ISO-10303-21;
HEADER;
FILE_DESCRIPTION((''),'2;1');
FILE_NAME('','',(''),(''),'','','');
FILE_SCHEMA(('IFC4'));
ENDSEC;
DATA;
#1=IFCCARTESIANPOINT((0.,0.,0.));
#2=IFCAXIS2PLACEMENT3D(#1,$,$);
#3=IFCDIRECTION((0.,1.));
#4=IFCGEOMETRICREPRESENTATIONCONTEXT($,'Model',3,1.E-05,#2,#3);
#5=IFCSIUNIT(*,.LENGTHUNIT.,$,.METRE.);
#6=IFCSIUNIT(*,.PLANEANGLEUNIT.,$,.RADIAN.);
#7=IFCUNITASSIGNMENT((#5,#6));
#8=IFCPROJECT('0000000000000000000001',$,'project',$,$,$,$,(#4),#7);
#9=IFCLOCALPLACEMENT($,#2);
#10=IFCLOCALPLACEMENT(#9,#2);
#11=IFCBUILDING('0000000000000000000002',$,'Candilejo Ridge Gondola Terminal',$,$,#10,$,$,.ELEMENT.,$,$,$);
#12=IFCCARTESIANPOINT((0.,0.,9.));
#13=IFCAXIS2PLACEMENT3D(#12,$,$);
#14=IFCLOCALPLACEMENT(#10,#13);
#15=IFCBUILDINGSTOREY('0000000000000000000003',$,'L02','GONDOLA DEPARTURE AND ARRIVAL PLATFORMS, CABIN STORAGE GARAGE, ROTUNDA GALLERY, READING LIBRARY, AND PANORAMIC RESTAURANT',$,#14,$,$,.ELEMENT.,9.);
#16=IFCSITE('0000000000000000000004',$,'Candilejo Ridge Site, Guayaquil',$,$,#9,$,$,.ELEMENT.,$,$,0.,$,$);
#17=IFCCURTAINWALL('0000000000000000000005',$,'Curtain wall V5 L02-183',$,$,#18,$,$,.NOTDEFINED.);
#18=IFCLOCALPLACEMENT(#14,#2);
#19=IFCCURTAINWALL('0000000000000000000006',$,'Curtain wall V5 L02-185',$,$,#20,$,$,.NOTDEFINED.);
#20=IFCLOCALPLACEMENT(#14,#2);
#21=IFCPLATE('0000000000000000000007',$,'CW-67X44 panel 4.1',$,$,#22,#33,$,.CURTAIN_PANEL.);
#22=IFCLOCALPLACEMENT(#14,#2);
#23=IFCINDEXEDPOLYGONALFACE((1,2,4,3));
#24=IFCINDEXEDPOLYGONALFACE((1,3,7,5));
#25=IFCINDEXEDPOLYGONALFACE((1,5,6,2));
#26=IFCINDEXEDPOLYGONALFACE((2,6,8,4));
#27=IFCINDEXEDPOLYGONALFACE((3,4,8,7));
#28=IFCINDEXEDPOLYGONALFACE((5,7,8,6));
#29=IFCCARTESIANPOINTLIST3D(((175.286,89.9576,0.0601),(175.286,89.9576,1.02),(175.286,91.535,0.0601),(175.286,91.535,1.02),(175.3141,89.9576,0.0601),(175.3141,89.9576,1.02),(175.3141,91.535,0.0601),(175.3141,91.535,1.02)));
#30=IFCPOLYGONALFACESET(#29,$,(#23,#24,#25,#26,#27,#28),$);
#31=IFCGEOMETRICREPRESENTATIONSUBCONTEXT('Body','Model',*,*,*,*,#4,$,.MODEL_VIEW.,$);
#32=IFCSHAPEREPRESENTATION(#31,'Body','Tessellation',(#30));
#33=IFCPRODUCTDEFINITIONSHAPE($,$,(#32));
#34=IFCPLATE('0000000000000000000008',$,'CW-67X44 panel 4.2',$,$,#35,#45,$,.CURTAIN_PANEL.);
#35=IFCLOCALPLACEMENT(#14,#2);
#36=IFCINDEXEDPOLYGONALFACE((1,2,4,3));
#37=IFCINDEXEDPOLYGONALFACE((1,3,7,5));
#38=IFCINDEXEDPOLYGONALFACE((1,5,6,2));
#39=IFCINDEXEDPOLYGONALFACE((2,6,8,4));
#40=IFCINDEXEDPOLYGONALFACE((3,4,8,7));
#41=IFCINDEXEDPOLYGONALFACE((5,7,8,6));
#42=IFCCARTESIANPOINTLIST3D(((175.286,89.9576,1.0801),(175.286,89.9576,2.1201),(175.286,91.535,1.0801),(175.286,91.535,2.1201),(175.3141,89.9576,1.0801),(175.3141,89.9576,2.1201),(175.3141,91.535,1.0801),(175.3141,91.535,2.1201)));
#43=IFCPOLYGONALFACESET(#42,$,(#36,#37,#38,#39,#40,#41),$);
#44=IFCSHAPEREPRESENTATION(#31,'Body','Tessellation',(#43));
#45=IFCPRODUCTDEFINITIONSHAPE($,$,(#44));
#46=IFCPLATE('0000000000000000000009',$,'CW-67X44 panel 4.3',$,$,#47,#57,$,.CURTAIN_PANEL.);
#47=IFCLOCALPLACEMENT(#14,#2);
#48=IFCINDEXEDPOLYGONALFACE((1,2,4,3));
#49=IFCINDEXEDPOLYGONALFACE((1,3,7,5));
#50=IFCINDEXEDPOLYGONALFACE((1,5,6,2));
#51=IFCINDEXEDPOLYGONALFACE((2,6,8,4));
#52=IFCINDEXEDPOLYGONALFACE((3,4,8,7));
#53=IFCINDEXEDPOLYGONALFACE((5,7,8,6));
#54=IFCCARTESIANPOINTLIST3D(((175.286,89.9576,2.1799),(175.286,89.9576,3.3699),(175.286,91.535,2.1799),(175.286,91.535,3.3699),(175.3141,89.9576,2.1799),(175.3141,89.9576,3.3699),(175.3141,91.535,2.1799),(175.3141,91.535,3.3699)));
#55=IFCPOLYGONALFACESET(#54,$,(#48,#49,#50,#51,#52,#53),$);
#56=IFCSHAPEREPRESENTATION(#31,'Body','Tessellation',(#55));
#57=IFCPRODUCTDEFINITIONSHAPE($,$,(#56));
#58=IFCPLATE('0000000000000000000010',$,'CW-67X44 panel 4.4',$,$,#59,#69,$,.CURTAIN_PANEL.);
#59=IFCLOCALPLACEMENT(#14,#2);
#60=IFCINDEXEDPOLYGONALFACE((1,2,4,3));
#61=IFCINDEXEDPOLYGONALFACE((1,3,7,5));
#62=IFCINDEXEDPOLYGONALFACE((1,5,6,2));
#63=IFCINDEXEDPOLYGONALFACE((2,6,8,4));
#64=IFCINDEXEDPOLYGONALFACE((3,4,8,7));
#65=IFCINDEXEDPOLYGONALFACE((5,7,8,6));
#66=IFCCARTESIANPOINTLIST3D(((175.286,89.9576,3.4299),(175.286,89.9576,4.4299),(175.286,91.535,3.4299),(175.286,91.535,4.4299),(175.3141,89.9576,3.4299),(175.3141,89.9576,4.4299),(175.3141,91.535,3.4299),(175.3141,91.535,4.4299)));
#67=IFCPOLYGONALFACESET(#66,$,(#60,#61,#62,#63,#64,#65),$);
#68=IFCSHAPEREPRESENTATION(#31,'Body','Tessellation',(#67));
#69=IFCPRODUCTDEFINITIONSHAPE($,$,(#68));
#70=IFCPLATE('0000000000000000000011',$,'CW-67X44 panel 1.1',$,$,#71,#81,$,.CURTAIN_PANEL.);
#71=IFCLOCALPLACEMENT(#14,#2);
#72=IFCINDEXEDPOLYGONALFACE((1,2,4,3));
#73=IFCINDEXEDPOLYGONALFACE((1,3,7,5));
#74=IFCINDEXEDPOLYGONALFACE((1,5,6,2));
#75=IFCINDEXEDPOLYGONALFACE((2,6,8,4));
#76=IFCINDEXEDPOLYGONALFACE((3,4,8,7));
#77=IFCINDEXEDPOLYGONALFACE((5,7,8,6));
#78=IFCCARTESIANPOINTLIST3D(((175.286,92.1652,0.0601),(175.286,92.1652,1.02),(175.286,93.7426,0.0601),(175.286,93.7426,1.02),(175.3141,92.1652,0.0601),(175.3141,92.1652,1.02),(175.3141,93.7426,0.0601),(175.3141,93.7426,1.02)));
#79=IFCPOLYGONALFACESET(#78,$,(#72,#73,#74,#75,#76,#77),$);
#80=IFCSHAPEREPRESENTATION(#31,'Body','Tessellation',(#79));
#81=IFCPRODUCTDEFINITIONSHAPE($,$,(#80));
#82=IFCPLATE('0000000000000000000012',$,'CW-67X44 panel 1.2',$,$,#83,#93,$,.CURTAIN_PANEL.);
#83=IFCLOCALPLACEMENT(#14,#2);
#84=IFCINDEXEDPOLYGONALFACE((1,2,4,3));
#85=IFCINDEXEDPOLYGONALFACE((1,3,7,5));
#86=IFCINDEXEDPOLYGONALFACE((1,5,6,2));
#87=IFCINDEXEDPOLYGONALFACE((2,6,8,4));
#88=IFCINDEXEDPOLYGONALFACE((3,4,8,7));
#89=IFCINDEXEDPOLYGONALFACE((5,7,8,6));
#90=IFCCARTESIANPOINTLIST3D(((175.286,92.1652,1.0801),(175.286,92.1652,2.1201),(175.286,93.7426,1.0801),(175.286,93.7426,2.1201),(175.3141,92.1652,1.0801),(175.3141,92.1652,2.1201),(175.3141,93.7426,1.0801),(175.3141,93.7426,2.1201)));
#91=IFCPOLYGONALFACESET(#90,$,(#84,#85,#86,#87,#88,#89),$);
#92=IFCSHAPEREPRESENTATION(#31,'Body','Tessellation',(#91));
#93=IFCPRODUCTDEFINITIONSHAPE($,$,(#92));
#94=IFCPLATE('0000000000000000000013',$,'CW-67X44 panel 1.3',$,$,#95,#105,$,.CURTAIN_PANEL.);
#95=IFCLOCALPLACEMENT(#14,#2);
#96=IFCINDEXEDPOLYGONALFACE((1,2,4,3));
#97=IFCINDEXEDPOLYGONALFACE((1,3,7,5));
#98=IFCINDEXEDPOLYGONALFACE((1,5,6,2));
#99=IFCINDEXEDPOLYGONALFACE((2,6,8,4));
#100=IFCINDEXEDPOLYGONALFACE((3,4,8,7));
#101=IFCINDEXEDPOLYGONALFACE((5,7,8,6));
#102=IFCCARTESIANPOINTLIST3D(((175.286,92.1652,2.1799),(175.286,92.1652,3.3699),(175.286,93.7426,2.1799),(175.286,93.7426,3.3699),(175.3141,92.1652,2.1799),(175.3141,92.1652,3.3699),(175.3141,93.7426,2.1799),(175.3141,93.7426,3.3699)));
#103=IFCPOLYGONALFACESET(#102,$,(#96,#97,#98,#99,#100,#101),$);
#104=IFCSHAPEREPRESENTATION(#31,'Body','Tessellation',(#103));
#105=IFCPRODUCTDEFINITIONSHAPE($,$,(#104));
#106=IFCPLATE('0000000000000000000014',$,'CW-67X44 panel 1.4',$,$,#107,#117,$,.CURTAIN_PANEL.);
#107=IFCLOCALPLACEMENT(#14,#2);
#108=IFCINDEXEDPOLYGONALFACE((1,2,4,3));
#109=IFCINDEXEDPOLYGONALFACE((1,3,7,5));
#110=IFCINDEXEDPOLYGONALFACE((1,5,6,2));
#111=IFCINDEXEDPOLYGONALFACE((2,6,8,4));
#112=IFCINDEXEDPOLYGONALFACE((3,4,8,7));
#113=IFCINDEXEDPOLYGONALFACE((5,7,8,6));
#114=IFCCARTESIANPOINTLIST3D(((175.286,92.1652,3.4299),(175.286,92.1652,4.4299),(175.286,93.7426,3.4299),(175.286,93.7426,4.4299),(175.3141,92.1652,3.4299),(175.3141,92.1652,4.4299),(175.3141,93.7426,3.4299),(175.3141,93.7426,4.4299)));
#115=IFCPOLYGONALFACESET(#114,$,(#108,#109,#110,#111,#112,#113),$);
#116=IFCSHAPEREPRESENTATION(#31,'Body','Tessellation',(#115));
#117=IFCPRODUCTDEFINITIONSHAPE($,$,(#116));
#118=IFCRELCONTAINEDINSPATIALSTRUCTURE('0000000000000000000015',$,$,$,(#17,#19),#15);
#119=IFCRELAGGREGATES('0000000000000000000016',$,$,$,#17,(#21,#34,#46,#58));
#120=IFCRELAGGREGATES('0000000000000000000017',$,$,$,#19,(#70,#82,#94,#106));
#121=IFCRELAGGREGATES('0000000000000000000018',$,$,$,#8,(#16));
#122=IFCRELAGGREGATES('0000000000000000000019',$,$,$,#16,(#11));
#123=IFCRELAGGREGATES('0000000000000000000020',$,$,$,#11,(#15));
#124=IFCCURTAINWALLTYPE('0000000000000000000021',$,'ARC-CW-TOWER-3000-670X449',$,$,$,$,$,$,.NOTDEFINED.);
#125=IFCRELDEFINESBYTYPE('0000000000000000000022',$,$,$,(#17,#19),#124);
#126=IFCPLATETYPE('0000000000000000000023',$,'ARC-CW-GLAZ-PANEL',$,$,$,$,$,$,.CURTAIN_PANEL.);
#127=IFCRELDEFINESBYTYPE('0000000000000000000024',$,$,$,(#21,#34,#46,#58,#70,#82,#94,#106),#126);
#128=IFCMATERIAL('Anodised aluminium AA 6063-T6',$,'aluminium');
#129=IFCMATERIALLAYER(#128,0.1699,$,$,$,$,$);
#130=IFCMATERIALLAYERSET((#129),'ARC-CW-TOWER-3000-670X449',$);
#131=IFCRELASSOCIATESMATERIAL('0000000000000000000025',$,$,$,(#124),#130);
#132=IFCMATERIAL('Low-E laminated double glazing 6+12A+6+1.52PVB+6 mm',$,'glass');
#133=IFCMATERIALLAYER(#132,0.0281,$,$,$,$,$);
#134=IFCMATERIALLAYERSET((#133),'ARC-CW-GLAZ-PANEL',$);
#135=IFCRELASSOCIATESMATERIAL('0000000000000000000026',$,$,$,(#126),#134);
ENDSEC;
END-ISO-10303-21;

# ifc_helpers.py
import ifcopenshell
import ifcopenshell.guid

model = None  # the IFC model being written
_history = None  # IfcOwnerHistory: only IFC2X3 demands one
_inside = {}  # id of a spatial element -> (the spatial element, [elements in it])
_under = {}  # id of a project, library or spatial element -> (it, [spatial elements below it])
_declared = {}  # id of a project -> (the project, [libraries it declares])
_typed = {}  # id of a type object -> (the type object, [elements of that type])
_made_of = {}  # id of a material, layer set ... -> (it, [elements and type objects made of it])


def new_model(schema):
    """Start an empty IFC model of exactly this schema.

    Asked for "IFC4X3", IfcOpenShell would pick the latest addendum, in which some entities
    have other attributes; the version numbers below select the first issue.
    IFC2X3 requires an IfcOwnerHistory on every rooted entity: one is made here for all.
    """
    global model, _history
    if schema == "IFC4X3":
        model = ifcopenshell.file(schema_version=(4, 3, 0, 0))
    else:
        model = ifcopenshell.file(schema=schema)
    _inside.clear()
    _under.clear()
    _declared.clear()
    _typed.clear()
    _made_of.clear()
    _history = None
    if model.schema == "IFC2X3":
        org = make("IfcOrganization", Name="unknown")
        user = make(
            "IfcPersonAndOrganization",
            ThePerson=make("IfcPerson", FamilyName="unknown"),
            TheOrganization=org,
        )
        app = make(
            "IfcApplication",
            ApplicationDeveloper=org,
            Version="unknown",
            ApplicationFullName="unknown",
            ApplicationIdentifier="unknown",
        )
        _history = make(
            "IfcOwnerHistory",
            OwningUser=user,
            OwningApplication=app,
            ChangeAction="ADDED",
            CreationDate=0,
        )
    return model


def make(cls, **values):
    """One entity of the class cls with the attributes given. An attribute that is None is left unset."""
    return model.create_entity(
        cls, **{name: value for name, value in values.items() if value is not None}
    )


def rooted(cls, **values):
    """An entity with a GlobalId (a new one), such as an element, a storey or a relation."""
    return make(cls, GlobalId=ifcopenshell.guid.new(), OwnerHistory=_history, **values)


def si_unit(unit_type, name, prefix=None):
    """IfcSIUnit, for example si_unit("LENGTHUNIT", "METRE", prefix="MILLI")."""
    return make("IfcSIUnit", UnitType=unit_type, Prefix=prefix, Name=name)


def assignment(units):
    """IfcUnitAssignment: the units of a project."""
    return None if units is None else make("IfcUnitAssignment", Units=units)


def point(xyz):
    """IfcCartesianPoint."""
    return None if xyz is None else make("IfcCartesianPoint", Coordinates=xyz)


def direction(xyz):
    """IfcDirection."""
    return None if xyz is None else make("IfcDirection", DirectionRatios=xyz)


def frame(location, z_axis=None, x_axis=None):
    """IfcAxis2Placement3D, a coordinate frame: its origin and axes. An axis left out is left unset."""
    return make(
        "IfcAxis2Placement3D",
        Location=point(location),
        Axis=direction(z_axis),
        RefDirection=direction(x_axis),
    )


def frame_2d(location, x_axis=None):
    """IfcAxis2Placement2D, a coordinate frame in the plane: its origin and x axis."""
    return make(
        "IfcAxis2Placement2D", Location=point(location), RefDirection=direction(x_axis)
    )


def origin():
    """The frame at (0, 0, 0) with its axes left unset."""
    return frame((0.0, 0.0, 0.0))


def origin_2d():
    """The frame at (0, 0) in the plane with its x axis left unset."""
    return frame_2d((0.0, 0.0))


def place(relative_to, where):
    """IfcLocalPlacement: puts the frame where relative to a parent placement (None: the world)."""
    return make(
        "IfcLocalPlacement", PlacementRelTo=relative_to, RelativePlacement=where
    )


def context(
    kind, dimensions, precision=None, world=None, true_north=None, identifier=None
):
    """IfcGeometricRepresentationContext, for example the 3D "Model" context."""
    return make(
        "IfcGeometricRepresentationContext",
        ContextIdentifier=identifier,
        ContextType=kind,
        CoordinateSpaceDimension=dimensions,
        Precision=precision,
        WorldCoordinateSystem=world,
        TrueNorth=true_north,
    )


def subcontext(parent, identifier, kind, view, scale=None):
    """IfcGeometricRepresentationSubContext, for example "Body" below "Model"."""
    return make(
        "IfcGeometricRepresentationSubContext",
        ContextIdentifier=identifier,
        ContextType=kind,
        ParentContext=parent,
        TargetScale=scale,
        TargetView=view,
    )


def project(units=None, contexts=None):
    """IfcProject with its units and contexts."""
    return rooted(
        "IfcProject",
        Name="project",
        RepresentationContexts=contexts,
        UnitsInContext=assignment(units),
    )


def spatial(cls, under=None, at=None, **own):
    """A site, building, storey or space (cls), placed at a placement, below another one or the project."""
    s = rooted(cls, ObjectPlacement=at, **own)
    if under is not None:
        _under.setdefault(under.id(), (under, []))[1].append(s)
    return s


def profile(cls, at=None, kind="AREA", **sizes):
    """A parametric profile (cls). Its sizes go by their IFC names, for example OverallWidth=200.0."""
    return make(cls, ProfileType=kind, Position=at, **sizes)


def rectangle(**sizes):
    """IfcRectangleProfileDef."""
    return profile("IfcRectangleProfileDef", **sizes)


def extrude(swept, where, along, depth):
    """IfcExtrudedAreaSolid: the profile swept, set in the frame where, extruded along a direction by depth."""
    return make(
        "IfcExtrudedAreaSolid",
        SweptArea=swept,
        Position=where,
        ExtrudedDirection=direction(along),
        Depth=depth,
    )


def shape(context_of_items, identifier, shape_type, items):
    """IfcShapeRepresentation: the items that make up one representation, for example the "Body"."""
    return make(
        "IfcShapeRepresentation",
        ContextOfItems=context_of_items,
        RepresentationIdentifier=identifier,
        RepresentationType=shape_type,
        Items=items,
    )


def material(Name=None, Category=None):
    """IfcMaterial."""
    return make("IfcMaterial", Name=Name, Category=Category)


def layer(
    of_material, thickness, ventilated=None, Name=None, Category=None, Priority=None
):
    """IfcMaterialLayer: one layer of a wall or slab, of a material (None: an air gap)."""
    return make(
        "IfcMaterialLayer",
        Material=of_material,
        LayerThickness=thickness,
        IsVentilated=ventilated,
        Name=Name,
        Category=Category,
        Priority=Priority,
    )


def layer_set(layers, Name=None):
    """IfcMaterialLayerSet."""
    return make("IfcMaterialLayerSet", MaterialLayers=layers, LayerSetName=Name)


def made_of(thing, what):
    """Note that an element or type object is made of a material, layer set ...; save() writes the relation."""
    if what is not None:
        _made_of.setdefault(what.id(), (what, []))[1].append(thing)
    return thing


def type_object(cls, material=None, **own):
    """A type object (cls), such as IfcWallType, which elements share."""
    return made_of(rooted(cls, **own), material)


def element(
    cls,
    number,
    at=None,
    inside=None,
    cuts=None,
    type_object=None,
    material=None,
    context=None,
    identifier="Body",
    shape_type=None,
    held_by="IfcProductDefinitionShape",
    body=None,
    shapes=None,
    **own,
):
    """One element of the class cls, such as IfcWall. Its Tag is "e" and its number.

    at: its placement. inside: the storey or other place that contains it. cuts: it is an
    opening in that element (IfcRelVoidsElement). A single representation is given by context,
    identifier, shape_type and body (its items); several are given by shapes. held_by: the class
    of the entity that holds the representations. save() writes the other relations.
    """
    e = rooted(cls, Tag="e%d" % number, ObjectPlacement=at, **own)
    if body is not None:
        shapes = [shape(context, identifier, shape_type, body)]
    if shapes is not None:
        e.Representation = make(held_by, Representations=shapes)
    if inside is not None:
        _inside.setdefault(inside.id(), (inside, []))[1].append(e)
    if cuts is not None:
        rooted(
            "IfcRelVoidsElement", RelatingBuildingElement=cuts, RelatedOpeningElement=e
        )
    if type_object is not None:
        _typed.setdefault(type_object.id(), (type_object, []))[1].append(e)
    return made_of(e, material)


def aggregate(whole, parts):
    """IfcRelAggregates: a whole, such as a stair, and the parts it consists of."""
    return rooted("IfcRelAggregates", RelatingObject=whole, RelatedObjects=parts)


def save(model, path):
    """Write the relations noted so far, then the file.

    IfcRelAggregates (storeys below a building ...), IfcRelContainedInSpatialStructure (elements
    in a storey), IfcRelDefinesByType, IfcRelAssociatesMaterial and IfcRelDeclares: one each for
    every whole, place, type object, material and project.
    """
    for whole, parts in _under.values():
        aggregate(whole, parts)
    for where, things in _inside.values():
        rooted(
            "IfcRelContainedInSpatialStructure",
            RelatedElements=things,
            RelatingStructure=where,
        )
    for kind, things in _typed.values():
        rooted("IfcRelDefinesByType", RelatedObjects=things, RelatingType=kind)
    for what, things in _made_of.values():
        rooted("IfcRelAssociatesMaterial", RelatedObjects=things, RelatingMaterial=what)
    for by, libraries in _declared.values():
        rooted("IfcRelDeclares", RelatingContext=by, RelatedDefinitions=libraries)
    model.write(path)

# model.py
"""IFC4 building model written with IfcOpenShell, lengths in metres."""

from ifc_helpers import new_model, si_unit, direction, frame, origin, origin_2d, place, context, subcontext, project, spatial, rectangle, extrude, material, layer, layer_set, type_object, element, aggregate, save


model = new_model("IFC4")

# Units and contexts
model_context = context("Model", 3, precision=1e-05, world=origin(), true_north=direction((0.0, 1.0)))
body_context = subcontext(model_context, "Body", "Model", "MODEL_VIEW")
ifc_project = project(units=[si_unit("LENGTHUNIT", "METRE"), si_unit("PLANEANGLEUNIT", "RADIAN")], contexts=[model_context])

# Site, building, storey
site_placement = place(None, origin())
site = spatial("IfcSite", under=ifc_project, at=site_placement, Name="Candilejo Ridge Site, Guayaquil", CompositionType="ELEMENT", RefElevation=0.0)
building_placement = place(site_placement, origin())
building = spatial("IfcBuilding", under=site, at=building_placement, Name="Candilejo Ridge Gondola Terminal", CompositionType="ELEMENT")
storey_placement = place(building_placement, frame((0.0, 0.0, 9.0)))
storey = spatial("IfcBuildingStorey", under=building, at=storey_placement, Name="L02", Description="GONDOLA DEPARTURE AND ARRIVAL PLATFORMS, CABIN STORAGE GARAGE, ROTUNDA GALLERY, READING LIBRARY, AND PANORAMIC RESTAURANT", CompositionType="ELEMENT", Elevation=9.0)

# Curtain walls
ifc_material_1 = material(Name="Anodised aluminium AA 6063-T6", Category="aluminium")
ifc_layer_1 = layer(ifc_material_1, 0.1699)
ifc_layer_set_1 = layer_set([ifc_layer_1], Name="ARC-CW-TOWER-3000-670X449")
curtain_wall_type = type_object("IfcCurtainWallType", Name="ARC-CW-TOWER-3000-670X449", PredefinedType="NOTDEFINED", material=ifc_layer_set_1)
curtain_wall_1_placement = place(storey_placement, origin())
curtain_wall_1 = element("IfcCurtainWall", 1, at=curtain_wall_1_placement, inside=storey, type_object=curtain_wall_type, Name="Curtain wall V5 L02-183", PredefinedType="NOTDEFINED")
curtain_wall_2_placement = place(storey_placement, origin())
curtain_wall_2 = element("IfcCurtainWall", 2, at=curtain_wall_2_placement, inside=storey, type_object=curtain_wall_type, Name="Curtain wall V5 L02-185", PredefinedType="NOTDEFINED")

# Plates
ifc_material_2 = material(Name="Low-E laminated double glazing 6+12A+6+1.52PVB+6 mm", Category="glass")
ifc_layer_2 = layer(ifc_material_2, 0.0281)
ifc_layer_set_2 = layer_set([ifc_layer_2], Name="ARC-CW-GLAZ-PANEL")
plate_type = type_object("IfcPlateType", Name="ARC-CW-GLAZ-PANEL", PredefinedType="CURTAIN_PANEL", material=ifc_layer_set_2)
plate_1_placement = place(storey_placement, frame((175.3, 90.7463, 0.0601), z_axis=(0.0, 0.0, 1.0), x_axis=(0.0, 1.0, 0.0)))
plate_1 = element("IfcPlate", 3, at=plate_1_placement, type_object=plate_type, Name="CW-67X44 panel 4.1", PredefinedType="CURTAIN_PANEL", context=body_context, shape_type="SweptSolid", body=[
    extrude(rectangle(XDim=1.5774, YDim=0.0281, at=origin_2d()), origin(), (0.0, 0.0, 1.0), 0.96),
])
plate_2_placement = place(storey_placement, frame((175.3, 90.7463, 1.0801), z_axis=(0.0, 0.0, 1.0), x_axis=(0.0, 1.0, 0.0)))
plate_2 = element("IfcPlate", 4, at=plate_2_placement, type_object=plate_type, Name="CW-67X44 panel 4.2", PredefinedType="CURTAIN_PANEL", context=body_context, shape_type="SweptSolid", body=[
    extrude(rectangle(XDim=1.5774, YDim=0.0281, at=origin_2d()), origin(), (0.0, 0.0, 1.0), 1.04),
])
plate_3_placement = place(storey_placement, frame((175.3, 90.7463, 2.1799), z_axis=(0.0, 0.0, 1.0), x_axis=(0.0, 1.0, 0.0)))
plate_3 = element("IfcPlate", 5, at=plate_3_placement, type_object=plate_type, Name="CW-67X44 panel 4.3", PredefinedType="CURTAIN_PANEL", context=body_context, shape_type="SweptSolid", body=[
    extrude(rectangle(XDim=1.5774, YDim=0.0281, at=origin_2d()), origin(), (0.0, 0.0, 1.0), 1.1899),
])
plate_4_placement = place(storey_placement, frame((175.3, 90.7463, 3.4299), z_axis=(0.0, 0.0, 1.0), x_axis=(0.0, 1.0, 0.0)))
plate_4 = element("IfcPlate", 6, at=plate_4_placement, type_object=plate_type, Name="CW-67X44 panel 4.4", PredefinedType="CURTAIN_PANEL", context=body_context, shape_type="SweptSolid", body=[
    extrude(rectangle(XDim=1.5774, YDim=0.0281, at=origin_2d()), origin(), (0.0, 0.0, 1.0), 1.0),
])
aggregate(curtain_wall_1, [plate_1, plate_2, plate_3, plate_4])
plate_5_placement = place(storey_placement, frame((175.3, 92.9539, 0.0601), z_axis=(0.0, 0.0, 1.0), x_axis=(0.0, 1.0, 0.0)))
plate_5 = element("IfcPlate", 7, at=plate_5_placement, type_object=plate_type, Name="CW-67X44 panel 1.1", PredefinedType="CURTAIN_PANEL", context=body_context, shape_type="SweptSolid", body=[
    extrude(rectangle(XDim=1.5774, YDim=0.0281, at=origin_2d()), origin(), (0.0, 0.0, 1.0), 0.96),
])
plate_6_placement = place(storey_placement, frame((175.3, 92.9539, 1.0801), z_axis=(0.0, 0.0, 1.0), x_axis=(0.0, 1.0, 0.0)))
plate_6 = element("IfcPlate", 8, at=plate_6_placement, type_object=plate_type, Name="CW-67X44 panel 1.2", PredefinedType="CURTAIN_PANEL", context=body_context, shape_type="SweptSolid", body=[
    extrude(rectangle(XDim=1.5774, YDim=0.0281, at=origin_2d()), origin(), (0.0, 0.0, 1.0), 1.04),
])
plate_7_placement = place(storey_placement, frame((175.3, 92.9539, 2.1799), z_axis=(0.0, 0.0, 1.0), x_axis=(0.0, 1.0, 0.0)))
plate_7 = element("IfcPlate", 9, at=plate_7_placement, type_object=plate_type, Name="CW-67X44 panel 1.3", PredefinedType="CURTAIN_PANEL", context=body_context, shape_type="SweptSolid", body=[
    extrude(rectangle(XDim=1.5774, YDim=0.0281, at=origin_2d()), origin(), (0.0, 0.0, 1.0), 1.1899),
])
plate_8_placement = place(storey_placement, frame((175.3, 92.9539, 3.4299), z_axis=(0.0, 0.0, 1.0), x_axis=(0.0, 1.0, 0.0)))
plate_8 = element("IfcPlate", 10, at=plate_8_placement, type_object=plate_type, Name="CW-67X44 panel 1.4", PredefinedType="CURTAIN_PANEL", context=body_context, shape_type="SweptSolid", body=[
    extrude(rectangle(XDim=1.5774, YDim=0.0281, at=origin_2d()), origin(), (0.0, 0.0, 1.0), 1.0),
])
aggregate(curtain_wall_2, [plate_5, plate_6, plate_7, plate_8])

save(model, "model.ifc")
